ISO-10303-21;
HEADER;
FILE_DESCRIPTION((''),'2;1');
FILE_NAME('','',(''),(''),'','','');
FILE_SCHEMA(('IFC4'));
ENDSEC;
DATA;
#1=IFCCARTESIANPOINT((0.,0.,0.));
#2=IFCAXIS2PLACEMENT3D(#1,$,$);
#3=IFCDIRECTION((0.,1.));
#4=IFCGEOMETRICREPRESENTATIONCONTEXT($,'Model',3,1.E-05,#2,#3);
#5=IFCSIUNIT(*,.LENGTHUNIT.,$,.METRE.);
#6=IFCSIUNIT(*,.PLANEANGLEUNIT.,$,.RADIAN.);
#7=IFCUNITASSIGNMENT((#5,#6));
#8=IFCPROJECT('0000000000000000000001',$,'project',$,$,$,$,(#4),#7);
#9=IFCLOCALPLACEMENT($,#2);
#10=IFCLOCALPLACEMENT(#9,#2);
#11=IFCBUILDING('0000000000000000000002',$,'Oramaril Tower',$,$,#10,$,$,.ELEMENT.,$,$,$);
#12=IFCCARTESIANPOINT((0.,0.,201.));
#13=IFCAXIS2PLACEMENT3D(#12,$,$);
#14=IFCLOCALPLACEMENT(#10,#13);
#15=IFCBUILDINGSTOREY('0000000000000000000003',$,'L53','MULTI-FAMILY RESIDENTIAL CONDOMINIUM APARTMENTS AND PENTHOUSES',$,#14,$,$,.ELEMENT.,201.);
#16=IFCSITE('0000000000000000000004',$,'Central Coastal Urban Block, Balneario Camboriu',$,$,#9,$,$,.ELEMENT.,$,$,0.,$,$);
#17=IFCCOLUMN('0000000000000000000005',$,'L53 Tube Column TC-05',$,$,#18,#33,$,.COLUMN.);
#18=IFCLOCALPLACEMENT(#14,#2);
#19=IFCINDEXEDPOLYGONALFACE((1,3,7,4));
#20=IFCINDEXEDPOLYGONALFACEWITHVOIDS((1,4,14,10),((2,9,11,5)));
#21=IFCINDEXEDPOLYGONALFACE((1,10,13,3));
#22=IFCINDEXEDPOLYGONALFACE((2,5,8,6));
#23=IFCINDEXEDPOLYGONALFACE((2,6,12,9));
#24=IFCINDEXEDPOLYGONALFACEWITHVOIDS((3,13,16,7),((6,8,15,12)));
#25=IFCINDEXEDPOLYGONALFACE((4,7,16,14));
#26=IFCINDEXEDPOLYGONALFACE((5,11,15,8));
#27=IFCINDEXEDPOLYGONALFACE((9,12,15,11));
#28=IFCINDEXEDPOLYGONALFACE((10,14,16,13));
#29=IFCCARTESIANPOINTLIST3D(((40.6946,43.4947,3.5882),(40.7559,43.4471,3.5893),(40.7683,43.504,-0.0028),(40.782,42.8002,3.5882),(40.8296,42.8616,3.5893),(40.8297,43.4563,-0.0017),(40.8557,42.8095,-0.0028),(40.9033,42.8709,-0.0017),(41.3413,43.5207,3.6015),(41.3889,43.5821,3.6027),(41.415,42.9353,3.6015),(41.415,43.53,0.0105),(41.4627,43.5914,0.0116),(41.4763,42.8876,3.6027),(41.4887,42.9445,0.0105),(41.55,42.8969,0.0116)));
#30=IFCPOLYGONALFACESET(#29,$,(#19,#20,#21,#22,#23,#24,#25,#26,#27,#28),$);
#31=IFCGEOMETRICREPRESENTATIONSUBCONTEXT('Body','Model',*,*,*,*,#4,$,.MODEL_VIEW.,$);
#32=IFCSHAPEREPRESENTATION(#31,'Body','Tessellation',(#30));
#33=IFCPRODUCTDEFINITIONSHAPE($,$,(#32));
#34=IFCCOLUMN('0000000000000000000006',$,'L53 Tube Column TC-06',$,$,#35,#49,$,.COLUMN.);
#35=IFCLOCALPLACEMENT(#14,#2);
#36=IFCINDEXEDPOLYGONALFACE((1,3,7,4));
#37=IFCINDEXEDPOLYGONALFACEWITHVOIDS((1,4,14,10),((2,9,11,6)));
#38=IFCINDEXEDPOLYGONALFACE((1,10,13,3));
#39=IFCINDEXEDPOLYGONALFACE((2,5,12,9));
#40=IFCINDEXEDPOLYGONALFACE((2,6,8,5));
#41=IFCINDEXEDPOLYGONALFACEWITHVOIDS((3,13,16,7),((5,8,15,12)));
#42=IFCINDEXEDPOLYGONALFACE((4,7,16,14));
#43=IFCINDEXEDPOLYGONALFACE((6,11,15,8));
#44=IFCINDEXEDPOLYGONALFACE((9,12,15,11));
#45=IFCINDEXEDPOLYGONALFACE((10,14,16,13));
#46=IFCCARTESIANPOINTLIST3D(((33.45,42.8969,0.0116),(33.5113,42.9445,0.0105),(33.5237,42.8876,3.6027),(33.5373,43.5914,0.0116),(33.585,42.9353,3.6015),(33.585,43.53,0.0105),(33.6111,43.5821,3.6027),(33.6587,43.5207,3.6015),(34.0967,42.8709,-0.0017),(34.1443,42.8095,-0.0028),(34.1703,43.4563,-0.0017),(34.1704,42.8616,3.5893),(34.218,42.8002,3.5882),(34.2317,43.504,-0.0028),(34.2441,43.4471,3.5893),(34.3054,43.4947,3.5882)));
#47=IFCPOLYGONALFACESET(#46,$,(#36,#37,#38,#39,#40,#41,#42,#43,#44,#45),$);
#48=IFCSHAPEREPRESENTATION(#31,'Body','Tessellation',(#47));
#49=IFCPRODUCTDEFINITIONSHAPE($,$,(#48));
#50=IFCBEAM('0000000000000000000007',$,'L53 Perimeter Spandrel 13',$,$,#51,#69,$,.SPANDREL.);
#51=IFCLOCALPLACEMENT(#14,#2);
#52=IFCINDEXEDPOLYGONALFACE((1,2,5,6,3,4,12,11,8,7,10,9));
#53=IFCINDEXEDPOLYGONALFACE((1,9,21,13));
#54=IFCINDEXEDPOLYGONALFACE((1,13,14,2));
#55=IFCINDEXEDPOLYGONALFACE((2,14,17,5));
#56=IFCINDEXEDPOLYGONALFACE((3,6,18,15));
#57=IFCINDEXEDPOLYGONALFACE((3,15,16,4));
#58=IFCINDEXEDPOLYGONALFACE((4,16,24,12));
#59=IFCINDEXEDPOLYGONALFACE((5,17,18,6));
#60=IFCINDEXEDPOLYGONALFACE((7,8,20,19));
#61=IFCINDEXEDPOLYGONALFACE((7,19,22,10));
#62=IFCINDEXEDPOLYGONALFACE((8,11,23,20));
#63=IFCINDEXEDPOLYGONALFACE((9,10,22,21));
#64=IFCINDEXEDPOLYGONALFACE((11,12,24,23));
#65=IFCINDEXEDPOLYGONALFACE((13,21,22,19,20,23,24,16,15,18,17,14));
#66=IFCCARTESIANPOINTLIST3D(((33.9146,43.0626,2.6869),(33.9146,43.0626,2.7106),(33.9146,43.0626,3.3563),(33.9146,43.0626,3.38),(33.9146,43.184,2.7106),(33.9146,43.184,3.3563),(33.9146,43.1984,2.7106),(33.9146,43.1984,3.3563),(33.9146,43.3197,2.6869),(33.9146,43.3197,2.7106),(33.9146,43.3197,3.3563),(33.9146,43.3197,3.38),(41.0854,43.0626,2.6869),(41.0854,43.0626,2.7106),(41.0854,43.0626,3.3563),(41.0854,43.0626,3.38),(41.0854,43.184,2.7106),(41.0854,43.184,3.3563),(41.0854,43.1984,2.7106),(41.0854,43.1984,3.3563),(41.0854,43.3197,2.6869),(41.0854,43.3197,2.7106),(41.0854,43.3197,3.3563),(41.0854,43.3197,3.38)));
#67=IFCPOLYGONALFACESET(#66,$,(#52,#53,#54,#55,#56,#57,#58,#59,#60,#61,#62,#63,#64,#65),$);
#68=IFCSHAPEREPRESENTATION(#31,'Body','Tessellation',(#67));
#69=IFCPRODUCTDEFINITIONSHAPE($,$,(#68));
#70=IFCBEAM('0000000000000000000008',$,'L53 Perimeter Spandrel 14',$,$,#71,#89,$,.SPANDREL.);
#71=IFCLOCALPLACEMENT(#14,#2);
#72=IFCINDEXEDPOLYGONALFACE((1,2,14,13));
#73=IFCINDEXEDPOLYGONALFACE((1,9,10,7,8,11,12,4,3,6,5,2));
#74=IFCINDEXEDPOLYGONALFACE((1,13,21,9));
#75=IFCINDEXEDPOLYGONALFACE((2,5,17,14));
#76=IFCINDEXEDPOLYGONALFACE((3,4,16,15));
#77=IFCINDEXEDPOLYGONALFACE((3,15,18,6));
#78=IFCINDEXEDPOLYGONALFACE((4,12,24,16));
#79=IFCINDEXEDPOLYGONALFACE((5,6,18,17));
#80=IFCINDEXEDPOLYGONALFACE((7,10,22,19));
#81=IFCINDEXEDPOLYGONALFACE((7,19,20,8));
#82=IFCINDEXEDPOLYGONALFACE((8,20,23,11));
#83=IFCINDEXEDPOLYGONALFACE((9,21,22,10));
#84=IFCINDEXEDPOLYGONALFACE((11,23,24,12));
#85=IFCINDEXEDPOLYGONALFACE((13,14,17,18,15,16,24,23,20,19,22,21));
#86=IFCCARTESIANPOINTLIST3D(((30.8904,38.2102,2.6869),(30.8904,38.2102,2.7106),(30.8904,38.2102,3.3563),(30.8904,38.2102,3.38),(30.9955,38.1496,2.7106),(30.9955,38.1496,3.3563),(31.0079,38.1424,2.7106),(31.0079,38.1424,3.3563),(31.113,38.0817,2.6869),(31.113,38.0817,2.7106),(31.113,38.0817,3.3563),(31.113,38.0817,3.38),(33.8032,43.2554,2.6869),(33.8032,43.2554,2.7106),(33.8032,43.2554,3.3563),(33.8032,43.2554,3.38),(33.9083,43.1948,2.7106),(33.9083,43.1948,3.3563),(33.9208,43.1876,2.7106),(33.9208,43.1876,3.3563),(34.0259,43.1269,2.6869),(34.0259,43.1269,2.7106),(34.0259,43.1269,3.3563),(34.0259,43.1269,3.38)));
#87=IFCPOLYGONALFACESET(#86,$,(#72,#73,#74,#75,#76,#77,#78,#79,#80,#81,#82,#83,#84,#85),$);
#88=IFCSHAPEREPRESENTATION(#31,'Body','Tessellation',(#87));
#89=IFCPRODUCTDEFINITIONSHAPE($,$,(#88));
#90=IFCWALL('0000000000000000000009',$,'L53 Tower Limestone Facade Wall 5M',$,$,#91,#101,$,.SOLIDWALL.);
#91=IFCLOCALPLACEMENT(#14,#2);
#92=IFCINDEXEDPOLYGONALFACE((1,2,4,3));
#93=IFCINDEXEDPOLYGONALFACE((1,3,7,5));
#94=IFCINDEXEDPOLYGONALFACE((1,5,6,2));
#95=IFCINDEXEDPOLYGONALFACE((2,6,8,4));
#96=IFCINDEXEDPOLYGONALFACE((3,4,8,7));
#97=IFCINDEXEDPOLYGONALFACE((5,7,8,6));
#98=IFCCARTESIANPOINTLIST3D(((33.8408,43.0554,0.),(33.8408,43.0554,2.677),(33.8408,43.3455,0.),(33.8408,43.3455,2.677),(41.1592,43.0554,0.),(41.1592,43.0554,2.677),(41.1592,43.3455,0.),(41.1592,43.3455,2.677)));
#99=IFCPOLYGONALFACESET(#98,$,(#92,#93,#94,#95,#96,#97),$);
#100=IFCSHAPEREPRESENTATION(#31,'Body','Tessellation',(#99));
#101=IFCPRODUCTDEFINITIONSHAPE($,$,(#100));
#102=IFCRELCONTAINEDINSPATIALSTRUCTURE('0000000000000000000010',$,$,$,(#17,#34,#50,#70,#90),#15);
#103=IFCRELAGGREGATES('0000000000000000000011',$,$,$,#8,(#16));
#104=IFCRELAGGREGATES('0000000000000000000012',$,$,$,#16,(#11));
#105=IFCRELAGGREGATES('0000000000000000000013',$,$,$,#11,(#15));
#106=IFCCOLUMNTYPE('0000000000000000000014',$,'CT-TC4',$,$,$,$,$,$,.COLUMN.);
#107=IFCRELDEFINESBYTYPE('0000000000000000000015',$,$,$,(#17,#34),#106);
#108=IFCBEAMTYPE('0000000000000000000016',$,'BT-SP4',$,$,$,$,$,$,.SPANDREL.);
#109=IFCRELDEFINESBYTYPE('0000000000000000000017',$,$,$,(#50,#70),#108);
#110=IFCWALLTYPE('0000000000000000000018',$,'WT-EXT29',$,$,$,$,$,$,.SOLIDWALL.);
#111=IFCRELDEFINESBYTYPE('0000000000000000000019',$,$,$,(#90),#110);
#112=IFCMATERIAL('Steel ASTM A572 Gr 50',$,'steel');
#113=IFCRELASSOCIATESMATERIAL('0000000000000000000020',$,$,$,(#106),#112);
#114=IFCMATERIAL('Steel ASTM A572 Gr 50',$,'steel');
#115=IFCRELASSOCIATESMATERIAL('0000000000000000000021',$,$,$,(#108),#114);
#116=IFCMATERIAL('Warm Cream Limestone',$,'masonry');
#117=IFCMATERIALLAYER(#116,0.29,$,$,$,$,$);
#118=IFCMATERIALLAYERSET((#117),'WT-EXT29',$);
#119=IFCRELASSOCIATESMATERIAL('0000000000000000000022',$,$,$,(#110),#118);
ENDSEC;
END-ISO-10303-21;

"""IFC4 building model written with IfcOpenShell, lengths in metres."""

from ifc_helpers import new_model, si_unit, direction, frame, frame_2d, origin, origin_2d, place, context, subcontext, project, spatial, rectangle, hollow_rectangle, i_section, extrude, material, layer, layer_set, material_profile, profile_set, type_object, element, save


model = new_model("IFC4")

# Units and contexts
model_context = context("Model", 3, precision=1e-05, world=origin(), true_north=direction((0.0, 1.0)))
body_context = subcontext(model_context, "Body", "Model", "MODEL_VIEW")
ifc_project = project(units=[si_unit("LENGTHUNIT", "METRE"), si_unit("PLANEANGLEUNIT", "RADIAN")], contexts=[model_context])

# Site, building, storey
site_placement = place(None, origin())
site = spatial("IfcSite", under=ifc_project, at=site_placement, Name="Central Coastal Urban Block, Balneario Camboriu", CompositionType="ELEMENT", RefElevation=0.0)
building_placement = place(site_placement, origin())
building = spatial("IfcBuilding", under=site, at=building_placement, Name="Oramaril Tower", CompositionType="ELEMENT")
storey_placement = place(building_placement, frame((0.0, 0.0, 201.0)))
storey = spatial("IfcBuildingStorey", under=building, at=storey_placement, Name="L53", Description="MULTI-FAMILY RESIDENTIAL CONDOMINIUM APARTMENTS AND PENTHOUSES", CompositionType="ELEMENT", Elevation=201.0)

# Columns
ifc_material_1 = material(Name="Steel ASTM A572 Gr 50", Category="steel")
ifc_material_profile_1 = material_profile(ifc_material_1, hollow_rectangle(XDim=0.7, YDim=0.7, WallThickness=0.0549, at=origin_2d()), Name="BOX700X700X55")
ifc_profile_set_1 = profile_set([ifc_material_profile_1], Name="Steel ASTM A572 Gr 50")
column_type = type_object("IfcColumnType", Name="CT-TC4", PredefinedType="COLUMN", material=ifc_profile_set_1)
for number, where, z_axis, x_axis, name in (
    (1, (41.1592, 43.2004, 0.0044), (-0.020527, -0.002583, 0.999786), (0.124843, -0.992176, 0.0), "L53 Tube Column TC-05"),
    (2, (33.8408, 43.2004, 0.0044), (0.020527, -0.002583, 0.999786), (0.124843, 0.992176, 0.0), "L53 Tube Column TC-06"),
):
    element("IfcColumn", number, at=place(storey_placement, frame(where, z_axis=z_axis, x_axis=x_axis)), inside=storey, type_object=column_type, Name=name, PredefinedType="COLUMN", context=body_context, shape_type="SweptSolid", body=[
        extrude(hollow_rectangle(XDim=0.7, YDim=0.7, WallThickness=0.0549, at=origin_2d()), origin(), (0.0, 0.0, 1.0), 3.5918),
    ])

# Beams
ifc_material_2 = material(Name="Steel ASTM A572 Gr 50", Category="steel")
ifc_material_profile_2 = material_profile(ifc_material_2, i_section(OverallWidth=0.2571, OverallDepth=0.6931, WebThickness=0.0144, FlangeThickness=0.0237, at=origin_2d()), Name="W27X114")
ifc_profile_set_2 = profile_set([ifc_material_profile_2], Name="Steel ASTM A572 Gr 50")
beam_type = type_object("IfcBeamType", Name="BT-SP4", PredefinedType="SPANDREL", material=ifc_profile_set_2)
beam_1_placement = place(storey_placement, frame((41.0854, 43.1912, 3.0334), z_axis=(-1.0, 0.0, 0.0), x_axis=(0.0, -1.0, 0.0)))
element("IfcBeam", 3, at=beam_1_placement, inside=storey, type_object=beam_type, Name="L53 Perimeter Spandrel 13", PredefinedType="SPANDREL", context=body_context, shape_type="SweptSolid", body=[
    extrude(i_section(OverallWidth=0.2571, OverallDepth=0.6931, WebThickness=0.0144, FlangeThickness=0.0237, at=origin_2d()), origin(), (0.0, 0.0, 1.0), 7.1709),
])
beam_2_placement = place(storey_placement, frame((33.9146, 43.1912, 3.0334), z_axis=(-0.500002, -0.866024, 0.0), x_axis=(0.866024, -0.500002, 0.0)))
element("IfcBeam", 4, at=beam_2_placement, inside=storey, type_object=beam_type, Name="L53 Perimeter Spandrel 14", PredefinedType="SPANDREL", context=body_context, shape_type="SweptSolid", body=[
    extrude(i_section(OverallWidth=0.2571, OverallDepth=0.6931, WebThickness=0.0144, FlangeThickness=0.0237, at=origin_2d()), origin(), (0.0, 0.0, 1.0), 5.8257),
])

# Wall
ifc_material_3 = material(Name="Warm Cream Limestone", Category="masonry")
ifc_layer_1 = layer(ifc_material_3, 0.29)
ifc_layer_set_1 = layer_set([ifc_layer_1], Name="WT-EXT29")
wall_type_1 = type_object("IfcWallType", Name="WT-EXT29", PredefinedType="SOLIDWALL", material=ifc_layer_set_1)
wall_1_placement = place(storey_placement, frame((41.1592, 43.2004, 0.0), z_axis=(0.0, 0.0, 1.0), x_axis=(-1.0, 0.0, 0.0)))
element("IfcWall", 5, at=wall_1_placement, inside=storey, type_object=wall_type_1, Name="L53 Tower Limestone Facade Wall 5M", PredefinedType="SOLIDWALL", context=body_context, shape_type="SweptSolid", body=[
    extrude(rectangle(XDim=7.3184, YDim=0.29, at=frame_2d((3.6592, 0.0))), origin(), (0.0, 0.0, 1.0), 2.677),
])

save(model, "model.ifc")
